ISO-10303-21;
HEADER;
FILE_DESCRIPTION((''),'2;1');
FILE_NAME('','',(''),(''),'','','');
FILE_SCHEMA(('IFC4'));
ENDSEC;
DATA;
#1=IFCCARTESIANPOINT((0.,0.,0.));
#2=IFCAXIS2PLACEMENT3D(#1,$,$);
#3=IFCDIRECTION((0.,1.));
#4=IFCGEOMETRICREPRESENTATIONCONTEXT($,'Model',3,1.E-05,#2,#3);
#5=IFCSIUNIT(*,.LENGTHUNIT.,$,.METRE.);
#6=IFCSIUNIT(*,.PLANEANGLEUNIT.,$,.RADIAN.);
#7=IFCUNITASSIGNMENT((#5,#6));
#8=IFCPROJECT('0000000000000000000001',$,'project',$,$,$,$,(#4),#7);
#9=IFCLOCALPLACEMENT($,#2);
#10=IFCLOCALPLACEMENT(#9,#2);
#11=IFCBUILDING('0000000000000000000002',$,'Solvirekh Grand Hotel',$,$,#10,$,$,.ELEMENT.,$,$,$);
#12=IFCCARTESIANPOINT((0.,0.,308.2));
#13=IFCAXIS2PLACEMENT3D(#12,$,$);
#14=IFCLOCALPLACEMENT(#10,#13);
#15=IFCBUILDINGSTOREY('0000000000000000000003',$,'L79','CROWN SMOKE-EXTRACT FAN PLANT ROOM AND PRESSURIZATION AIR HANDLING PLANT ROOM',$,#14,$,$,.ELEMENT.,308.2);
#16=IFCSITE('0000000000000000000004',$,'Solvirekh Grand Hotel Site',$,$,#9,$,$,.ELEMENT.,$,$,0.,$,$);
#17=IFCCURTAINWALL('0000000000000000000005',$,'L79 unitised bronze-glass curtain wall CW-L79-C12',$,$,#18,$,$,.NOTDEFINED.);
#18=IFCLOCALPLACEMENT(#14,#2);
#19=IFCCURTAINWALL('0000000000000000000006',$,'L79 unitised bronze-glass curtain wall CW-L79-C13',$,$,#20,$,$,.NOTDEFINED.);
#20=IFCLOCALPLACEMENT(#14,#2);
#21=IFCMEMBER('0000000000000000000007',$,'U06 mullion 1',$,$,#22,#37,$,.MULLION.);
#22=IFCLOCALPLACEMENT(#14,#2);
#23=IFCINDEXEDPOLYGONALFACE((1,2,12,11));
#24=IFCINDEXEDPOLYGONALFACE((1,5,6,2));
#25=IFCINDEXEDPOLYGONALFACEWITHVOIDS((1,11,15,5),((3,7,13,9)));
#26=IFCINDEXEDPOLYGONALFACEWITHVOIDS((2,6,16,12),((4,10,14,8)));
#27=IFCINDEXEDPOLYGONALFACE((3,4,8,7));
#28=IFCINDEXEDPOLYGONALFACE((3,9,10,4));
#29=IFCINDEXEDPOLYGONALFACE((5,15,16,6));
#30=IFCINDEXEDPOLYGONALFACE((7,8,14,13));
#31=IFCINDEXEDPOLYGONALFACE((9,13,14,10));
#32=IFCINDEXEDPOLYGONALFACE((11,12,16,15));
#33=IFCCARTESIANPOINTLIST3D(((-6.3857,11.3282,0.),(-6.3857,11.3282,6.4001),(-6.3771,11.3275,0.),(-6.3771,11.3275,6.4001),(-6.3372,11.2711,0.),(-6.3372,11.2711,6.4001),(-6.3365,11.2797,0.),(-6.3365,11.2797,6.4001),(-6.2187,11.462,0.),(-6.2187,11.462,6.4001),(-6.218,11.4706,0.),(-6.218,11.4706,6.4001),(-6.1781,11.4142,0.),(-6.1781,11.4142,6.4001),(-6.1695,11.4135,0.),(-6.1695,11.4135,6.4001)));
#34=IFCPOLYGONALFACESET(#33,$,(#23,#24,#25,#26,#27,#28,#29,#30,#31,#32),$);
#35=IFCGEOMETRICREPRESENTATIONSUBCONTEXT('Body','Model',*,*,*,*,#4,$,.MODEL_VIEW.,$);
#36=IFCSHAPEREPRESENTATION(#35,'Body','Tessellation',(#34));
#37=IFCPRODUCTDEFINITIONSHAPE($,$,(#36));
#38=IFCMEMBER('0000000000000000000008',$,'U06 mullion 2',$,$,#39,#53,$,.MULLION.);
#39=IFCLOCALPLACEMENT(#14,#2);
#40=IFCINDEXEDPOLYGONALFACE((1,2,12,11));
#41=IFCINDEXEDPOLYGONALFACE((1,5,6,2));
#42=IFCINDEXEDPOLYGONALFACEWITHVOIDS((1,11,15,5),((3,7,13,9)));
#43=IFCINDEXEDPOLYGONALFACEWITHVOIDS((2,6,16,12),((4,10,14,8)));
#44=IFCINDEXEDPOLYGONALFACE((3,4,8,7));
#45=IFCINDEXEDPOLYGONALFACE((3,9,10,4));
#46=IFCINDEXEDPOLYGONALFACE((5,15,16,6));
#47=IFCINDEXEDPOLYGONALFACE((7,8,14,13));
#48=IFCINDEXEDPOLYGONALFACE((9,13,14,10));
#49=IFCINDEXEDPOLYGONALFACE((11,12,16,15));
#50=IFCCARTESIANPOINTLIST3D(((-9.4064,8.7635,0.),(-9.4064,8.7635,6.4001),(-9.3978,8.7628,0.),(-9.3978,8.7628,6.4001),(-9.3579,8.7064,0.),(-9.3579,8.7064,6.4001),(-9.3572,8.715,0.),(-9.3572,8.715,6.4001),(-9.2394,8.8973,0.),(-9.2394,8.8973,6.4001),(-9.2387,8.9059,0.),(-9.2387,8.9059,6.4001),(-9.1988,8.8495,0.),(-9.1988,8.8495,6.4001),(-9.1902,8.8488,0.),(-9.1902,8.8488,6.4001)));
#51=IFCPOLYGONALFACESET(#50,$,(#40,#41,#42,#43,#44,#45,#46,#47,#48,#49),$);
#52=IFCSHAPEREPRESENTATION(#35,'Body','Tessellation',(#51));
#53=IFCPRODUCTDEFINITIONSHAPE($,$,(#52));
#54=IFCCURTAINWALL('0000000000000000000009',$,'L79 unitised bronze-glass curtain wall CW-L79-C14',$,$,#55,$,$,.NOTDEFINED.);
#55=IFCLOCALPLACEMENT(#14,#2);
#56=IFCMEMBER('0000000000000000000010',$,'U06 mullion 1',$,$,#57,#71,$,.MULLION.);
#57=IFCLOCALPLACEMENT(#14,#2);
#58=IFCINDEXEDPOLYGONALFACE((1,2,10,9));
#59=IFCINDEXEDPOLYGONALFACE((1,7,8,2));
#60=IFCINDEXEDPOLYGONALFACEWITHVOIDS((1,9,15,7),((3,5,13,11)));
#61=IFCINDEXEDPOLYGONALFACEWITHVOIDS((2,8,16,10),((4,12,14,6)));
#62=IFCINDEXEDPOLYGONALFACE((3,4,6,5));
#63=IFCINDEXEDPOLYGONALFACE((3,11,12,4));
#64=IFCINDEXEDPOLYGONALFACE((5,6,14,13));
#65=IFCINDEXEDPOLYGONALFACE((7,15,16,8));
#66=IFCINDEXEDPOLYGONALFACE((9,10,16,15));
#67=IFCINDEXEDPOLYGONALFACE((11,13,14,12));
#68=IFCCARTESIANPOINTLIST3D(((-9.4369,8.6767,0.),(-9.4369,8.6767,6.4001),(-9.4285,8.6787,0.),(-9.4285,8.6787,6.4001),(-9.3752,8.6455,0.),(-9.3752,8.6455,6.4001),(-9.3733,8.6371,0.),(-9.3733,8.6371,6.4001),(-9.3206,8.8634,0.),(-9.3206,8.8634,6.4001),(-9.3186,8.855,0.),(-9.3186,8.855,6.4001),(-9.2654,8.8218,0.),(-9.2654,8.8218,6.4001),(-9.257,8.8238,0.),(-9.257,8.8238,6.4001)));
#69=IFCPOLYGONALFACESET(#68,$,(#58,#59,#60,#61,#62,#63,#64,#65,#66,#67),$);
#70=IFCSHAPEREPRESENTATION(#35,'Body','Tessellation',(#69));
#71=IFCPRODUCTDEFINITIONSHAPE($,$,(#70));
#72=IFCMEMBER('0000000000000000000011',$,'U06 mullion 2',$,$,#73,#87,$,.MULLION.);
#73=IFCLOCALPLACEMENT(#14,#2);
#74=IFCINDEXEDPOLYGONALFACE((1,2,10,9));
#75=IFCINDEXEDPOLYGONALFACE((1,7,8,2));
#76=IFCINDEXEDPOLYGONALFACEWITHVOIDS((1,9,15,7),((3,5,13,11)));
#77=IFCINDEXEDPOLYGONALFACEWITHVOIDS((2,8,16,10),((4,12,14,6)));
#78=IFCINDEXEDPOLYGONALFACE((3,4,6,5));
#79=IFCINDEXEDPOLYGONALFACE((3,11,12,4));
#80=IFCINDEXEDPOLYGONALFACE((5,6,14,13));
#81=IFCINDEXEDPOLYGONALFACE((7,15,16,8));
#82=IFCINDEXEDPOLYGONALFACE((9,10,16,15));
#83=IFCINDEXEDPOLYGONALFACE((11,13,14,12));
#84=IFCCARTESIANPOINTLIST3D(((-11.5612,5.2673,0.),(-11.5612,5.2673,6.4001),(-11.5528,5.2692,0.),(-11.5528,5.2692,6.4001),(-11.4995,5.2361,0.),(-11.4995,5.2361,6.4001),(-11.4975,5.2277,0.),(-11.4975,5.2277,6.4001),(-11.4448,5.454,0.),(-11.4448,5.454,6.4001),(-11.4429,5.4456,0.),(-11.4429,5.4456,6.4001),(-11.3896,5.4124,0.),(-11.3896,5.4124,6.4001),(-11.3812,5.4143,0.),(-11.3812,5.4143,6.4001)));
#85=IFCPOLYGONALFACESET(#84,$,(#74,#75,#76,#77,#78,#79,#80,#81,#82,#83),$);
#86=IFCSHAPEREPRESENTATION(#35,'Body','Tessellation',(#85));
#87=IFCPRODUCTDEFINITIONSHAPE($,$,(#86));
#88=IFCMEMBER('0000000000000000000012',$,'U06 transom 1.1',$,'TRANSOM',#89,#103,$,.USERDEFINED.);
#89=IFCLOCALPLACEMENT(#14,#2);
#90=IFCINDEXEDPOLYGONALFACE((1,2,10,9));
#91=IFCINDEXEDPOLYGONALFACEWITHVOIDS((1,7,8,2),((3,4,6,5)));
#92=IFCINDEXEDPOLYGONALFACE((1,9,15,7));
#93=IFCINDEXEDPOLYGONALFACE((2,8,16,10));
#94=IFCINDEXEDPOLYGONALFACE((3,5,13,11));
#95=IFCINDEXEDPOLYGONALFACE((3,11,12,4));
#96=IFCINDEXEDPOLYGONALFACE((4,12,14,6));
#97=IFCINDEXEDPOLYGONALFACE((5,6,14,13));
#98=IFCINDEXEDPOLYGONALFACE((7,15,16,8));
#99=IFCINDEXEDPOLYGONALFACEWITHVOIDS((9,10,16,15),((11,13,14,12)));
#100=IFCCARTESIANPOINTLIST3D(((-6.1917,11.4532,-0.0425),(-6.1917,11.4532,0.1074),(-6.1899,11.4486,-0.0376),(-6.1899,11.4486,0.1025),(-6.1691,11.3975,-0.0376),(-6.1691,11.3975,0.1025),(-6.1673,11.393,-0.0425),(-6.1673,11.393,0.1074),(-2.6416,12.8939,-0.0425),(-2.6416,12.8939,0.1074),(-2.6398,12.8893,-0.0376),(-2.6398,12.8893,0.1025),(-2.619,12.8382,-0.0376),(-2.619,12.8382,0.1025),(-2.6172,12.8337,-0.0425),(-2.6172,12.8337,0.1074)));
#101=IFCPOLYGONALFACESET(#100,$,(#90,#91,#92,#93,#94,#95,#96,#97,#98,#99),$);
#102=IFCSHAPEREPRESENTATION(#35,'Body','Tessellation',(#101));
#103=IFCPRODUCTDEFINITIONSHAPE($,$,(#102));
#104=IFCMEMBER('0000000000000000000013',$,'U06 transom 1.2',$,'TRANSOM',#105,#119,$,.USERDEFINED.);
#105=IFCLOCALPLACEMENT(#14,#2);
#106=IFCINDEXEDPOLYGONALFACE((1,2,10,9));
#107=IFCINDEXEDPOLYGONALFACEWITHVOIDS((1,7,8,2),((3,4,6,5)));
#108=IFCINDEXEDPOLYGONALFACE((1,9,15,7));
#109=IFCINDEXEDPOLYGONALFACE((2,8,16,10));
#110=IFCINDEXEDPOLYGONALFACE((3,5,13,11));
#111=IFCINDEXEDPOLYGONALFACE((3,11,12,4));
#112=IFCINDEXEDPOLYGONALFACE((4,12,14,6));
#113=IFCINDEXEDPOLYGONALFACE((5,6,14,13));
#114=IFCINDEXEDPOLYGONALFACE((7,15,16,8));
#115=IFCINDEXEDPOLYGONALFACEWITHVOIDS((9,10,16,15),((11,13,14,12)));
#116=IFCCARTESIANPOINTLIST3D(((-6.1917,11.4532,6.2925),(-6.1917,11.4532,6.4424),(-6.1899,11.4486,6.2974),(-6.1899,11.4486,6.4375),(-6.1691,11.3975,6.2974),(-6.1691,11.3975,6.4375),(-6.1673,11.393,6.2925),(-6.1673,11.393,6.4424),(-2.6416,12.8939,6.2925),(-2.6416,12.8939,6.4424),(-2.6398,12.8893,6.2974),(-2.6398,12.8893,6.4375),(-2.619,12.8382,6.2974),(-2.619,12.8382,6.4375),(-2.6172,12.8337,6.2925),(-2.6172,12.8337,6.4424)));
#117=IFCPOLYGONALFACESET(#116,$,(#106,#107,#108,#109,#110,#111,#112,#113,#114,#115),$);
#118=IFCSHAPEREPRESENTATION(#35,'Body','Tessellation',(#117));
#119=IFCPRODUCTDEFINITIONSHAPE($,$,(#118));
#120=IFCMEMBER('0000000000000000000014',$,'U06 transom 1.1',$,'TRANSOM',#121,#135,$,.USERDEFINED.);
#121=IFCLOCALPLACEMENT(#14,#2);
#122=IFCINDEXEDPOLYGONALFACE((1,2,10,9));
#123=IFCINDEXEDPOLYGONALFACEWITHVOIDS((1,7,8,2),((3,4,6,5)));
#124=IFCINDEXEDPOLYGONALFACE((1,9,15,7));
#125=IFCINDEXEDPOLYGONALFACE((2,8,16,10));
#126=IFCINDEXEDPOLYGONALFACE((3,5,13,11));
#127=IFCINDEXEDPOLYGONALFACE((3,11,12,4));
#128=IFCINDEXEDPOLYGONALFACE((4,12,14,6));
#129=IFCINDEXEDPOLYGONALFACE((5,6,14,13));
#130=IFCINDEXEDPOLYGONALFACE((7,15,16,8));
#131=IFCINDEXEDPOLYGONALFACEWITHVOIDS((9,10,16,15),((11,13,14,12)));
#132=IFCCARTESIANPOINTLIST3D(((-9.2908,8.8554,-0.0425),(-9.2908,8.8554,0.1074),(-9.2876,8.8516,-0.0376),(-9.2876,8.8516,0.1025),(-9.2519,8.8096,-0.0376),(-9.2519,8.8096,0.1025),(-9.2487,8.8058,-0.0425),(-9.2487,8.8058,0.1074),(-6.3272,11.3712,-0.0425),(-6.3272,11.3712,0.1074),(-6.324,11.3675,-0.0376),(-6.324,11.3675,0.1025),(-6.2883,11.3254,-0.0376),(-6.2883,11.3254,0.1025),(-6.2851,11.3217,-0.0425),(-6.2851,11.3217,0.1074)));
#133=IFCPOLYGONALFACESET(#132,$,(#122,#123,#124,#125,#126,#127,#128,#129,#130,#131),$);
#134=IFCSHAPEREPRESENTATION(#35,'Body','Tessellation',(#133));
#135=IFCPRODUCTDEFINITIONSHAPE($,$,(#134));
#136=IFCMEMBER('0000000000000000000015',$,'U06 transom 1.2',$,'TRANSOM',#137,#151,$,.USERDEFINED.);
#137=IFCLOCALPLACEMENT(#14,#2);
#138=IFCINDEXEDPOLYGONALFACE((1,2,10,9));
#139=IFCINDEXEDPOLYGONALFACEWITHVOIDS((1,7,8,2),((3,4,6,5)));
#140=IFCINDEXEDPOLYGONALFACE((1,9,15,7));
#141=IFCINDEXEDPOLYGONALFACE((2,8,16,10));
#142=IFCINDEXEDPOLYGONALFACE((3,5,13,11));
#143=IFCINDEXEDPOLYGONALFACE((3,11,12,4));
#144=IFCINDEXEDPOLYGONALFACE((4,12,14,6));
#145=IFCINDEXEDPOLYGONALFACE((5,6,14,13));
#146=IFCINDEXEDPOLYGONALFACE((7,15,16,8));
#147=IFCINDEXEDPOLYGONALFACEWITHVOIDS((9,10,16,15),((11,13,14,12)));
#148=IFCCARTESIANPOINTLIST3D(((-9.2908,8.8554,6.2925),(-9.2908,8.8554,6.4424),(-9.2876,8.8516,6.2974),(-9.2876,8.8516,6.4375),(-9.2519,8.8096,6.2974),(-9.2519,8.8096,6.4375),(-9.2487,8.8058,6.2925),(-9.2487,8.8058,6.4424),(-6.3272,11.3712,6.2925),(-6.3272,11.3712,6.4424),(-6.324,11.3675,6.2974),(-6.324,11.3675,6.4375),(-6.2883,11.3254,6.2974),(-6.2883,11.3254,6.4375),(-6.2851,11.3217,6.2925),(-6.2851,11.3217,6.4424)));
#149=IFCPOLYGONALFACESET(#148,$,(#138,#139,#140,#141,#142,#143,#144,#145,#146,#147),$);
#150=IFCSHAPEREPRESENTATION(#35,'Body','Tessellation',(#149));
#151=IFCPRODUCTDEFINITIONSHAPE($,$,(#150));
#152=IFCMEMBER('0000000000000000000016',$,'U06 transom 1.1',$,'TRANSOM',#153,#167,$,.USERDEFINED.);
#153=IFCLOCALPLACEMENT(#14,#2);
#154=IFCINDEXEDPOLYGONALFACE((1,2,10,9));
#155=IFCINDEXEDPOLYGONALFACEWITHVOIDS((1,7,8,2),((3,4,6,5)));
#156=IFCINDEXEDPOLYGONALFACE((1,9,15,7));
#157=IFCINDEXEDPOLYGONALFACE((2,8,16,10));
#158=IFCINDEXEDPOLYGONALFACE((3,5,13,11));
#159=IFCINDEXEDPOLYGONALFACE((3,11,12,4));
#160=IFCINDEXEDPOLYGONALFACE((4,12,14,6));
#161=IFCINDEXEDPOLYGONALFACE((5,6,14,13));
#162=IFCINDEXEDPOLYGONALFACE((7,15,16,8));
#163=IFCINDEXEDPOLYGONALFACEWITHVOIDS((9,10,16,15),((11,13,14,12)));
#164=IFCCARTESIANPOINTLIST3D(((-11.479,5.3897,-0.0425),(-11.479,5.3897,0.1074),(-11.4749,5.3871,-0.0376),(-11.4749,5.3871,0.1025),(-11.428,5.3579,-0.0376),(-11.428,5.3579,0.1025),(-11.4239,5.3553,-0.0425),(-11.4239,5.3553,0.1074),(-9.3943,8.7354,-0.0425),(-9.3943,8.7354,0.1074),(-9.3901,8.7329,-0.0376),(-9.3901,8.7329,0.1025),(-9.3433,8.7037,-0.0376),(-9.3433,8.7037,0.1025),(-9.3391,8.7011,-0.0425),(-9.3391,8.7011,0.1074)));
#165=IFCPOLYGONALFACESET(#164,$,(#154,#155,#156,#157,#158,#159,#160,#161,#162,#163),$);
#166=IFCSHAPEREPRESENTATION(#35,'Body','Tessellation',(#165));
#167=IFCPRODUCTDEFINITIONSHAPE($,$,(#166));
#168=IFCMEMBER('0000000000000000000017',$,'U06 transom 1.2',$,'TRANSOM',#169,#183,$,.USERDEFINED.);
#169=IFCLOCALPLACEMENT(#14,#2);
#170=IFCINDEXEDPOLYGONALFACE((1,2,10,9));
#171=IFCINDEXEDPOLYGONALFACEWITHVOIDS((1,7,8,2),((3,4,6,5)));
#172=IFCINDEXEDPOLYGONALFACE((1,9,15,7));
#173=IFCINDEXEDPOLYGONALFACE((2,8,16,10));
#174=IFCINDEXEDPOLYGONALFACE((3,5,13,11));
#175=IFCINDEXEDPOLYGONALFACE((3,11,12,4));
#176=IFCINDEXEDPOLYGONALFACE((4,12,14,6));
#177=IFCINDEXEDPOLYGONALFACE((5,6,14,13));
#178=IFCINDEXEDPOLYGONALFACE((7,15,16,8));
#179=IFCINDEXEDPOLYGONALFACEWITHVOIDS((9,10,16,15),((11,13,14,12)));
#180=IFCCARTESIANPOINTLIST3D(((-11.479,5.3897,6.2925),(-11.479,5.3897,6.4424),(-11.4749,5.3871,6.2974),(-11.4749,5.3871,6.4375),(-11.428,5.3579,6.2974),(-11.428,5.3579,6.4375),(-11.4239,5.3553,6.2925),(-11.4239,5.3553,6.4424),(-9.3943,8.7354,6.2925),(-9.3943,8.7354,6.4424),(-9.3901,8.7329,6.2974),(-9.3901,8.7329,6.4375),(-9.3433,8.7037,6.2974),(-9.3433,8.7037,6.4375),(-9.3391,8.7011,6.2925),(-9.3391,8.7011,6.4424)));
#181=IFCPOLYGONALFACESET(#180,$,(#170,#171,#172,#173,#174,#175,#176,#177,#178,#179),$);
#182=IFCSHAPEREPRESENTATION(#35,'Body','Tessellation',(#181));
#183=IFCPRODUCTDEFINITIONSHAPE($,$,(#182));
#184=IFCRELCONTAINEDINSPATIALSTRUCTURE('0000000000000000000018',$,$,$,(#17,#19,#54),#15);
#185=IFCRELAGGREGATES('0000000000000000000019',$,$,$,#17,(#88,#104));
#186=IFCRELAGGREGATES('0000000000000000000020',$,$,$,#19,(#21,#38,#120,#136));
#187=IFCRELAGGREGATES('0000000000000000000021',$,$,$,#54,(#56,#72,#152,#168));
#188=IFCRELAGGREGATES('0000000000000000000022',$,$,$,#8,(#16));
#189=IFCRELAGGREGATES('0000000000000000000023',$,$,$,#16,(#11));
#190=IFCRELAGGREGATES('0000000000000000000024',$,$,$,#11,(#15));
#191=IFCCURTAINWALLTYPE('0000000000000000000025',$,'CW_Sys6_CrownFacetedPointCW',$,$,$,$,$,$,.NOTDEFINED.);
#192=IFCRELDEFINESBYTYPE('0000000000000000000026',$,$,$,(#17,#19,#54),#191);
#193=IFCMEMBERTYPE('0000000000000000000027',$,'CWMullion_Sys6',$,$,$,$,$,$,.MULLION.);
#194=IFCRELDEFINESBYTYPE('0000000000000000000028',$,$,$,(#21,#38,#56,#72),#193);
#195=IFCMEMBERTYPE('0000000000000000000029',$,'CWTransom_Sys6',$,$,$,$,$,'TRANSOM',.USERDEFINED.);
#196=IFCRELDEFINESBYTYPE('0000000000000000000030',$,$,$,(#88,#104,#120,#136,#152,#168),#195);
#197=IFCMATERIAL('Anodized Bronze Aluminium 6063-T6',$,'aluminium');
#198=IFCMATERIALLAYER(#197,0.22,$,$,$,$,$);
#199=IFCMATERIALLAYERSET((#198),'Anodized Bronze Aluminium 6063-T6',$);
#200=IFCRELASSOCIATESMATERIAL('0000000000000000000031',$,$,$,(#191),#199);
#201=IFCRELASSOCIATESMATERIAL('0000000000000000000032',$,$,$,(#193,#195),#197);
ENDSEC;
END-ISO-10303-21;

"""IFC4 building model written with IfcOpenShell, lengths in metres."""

from ifc_helpers import new_model, si_unit, direction, frame, origin, origin_2d, place, context, subcontext, project, spatial, hollow_rectangle, extrude, source, transform, mapped, material, layer, layer_set, material_profile, profile_set, type_object, element, aggregate, save


model = new_model("IFC4")

# Units and contexts
model_context = context("Model", 3, precision=1e-05, world=origin(), true_north=direction((0.0, 1.0)))
body_context = subcontext(model_context, "Body", "Model", "MODEL_VIEW")
ifc_project = project(units=[si_unit("LENGTHUNIT", "METRE"), si_unit("PLANEANGLEUNIT", "RADIAN")], contexts=[model_context])

# Site, building, storey
site_placement = place(None, origin())
site = spatial("IfcSite", under=ifc_project, at=site_placement, Name="Solvirekh Grand Hotel Site", CompositionType="ELEMENT", RefElevation=0.0)
building_placement = place(site_placement, origin())
building = spatial("IfcBuilding", under=site, at=building_placement, Name="Solvirekh Grand Hotel", CompositionType="ELEMENT")
storey_placement = place(building_placement, frame((0.0, 0.0, 308.2)))
storey = spatial("IfcBuildingStorey", under=building, at=storey_placement, Name="L79", Description="CROWN SMOKE-EXTRACT FAN PLANT ROOM AND PRESSURIZATION AIR HANDLING PLANT ROOM", CompositionType="ELEMENT", Elevation=308.2)

# Shared definitions
ifc_material_1 = material(Name="Anodized Bronze Aluminium 6063-T6", Category="aluminium")
ifc_layer_1 = layer(ifc_material_1, 0.22)
ifc_layer_set_1 = layer_set([ifc_layer_1], Name="Anodized Bronze Aluminium 6063-T6")
curtain_wall_type = type_object("IfcCurtainWallType", Name="CW_Sys6_CrownFacetedPointCW", PredefinedType="NOTDEFINED", material=ifc_layer_set_1)
ifc_material_profile_1 = material_profile(ifc_material_1, hollow_rectangle(XDim=0.075, YDim=0.22, WallThickness=0.0061, at=origin_2d()), Name="ALU RHS 220X75X6")
ifc_profile_set_1 = profile_set([ifc_material_profile_1], Name="Anodized Bronze Aluminium 6063-T6")
member_type_1 = type_object("IfcMemberType", Name="CWMullion_Sys6", PredefinedType="MULLION", material=ifc_profile_set_1)
shared_shape_1 = source(origin(), body_context, "Body", "SweptSolid", [
    extrude(hollow_rectangle(XDim=0.075, YDim=0.22, WallThickness=0.0061, at=origin_2d()), origin(), (0.0, 0.0, 1.0), 6.4001),
])

# Curtain walls, members
curtain_wall_1_placement = place(storey_placement, origin())
curtain_wall_1 = element("IfcCurtainWall", 1, at=curtain_wall_1_placement, inside=storey, type_object=curtain_wall_type, Name="L79 unitised bronze-glass curtain wall CW-L79-C12", PredefinedType="NOTDEFINED")
curtain_wall_2_placement = place(storey_placement, origin())
curtain_wall_2 = element("IfcCurtainWall", 2, at=curtain_wall_2_placement, inside=storey, type_object=curtain_wall_type, Name="L79 unitised bronze-glass curtain wall CW-L79-C13", PredefinedType="NOTDEFINED")
member_1_placement = place(storey_placement, frame((-6.2776, 11.3708, 0.0), z_axis=(0.0, 0.0, 1.0), x_axis=(0.647174, -0.762342, 0.0)))
member_1 = element("IfcMember", 3, at=member_1_placement, type_object=member_type_1, Name="U06 mullion 1", PredefinedType="MULLION", context=body_context, shape_type="MappedRepresentation", body=[
    mapped(shared_shape_1, transform((0.0, 0.0, 0.0), x_axis=(1.0, 0.0, 0.0), y_axis=(0.0, 1.0, 0.0), z_axis=(0.0, 0.0, 1.0), scale=1.0)),
])
member_2_placement = place(storey_placement, frame((-9.2983, 8.8062, 0.0), z_axis=(0.0, 0.0, 1.0), x_axis=(0.647174, -0.762342, 0.0)))
member_2 = element("IfcMember", 4, at=member_2_placement, type_object=member_type_1, Name="U06 mullion 2", PredefinedType="MULLION", context=body_context, shape_type="MappedRepresentation", body=[
    mapped(shared_shape_1, transform((0.0, 0.0, 0.0), x_axis=(1.0, 0.0, 0.0), y_axis=(0.0, 1.0, 0.0), z_axis=(0.0, 0.0, 1.0), scale=1.0)),
])
curtain_wall_3_placement = place(storey_placement, origin())
curtain_wall_3 = element("IfcCurtainWall", 5, at=curtain_wall_3_placement, inside=storey, type_object=curtain_wall_type, Name="L79 unitised bronze-glass curtain wall CW-L79-C14", PredefinedType="NOTDEFINED")
member_3_placement = place(storey_placement, frame((-9.3469, 8.7502, 0.0), z_axis=(0.0, 0.0, 1.0), x_axis=(0.848725, -0.528834, 0.0)))
member_3 = element("IfcMember", 6, at=member_3_placement, type_object=member_type_1, Name="U06 mullion 1", PredefinedType="MULLION", context=body_context, shape_type="MappedRepresentation", body=[
    mapped(shared_shape_1, transform((0.0, 0.0, 0.0), x_axis=(1.0, 0.0, 0.0), y_axis=(0.0, 1.0, 0.0), z_axis=(0.0, 0.0, 1.0), scale=1.0)),
])
member_4_placement = place(storey_placement, frame((-11.4712, 5.3408, 0.0), z_axis=(0.0, 0.0, 1.0), x_axis=(0.848725, -0.528834, 0.0)))
member_4 = element("IfcMember", 7, at=member_4_placement, type_object=member_type_1, Name="U06 mullion 2", PredefinedType="MULLION", context=body_context, shape_type="MappedRepresentation", body=[
    mapped(shared_shape_1, transform((0.0, 0.0, 0.0), x_axis=(1.0, 0.0, 0.0), y_axis=(0.0, 1.0, 0.0), z_axis=(0.0, 0.0, 1.0), scale=1.0)),
])

# Members
ifc_material_profile_2 = material_profile(ifc_material_1, hollow_rectangle(XDim=0.0649, YDim=0.1499, WallThickness=0.0049, at=origin_2d()), Name="ALU RHS 150X65X5")
ifc_profile_set_2 = profile_set([ifc_material_profile_2], Name="Anodized Bronze Aluminium 6063-T6")
member_type_2 = type_object("IfcMemberType", Name="CWTransom_Sys6", ElementType="TRANSOM", PredefinedType="USERDEFINED", material=ifc_profile_set_2)
shared_shape_2 = source(origin(), body_context, "Body", "SweptSolid", [
    extrude(hollow_rectangle(XDim=0.0649, YDim=0.1499, WallThickness=0.0049, at=origin_2d()), origin(), (0.0, 0.0, 1.0), 3.8313),
])
member_5_placement = place(storey_placement, frame((-2.6294, 12.8638, 0.0325), z_axis=(-0.926606, -0.376033, 0.0), x_axis=(0.376033, -0.926606, 0.0)))
member_5 = element("IfcMember", 8, at=member_5_placement, type_object=member_type_2, Name="U06 transom 1.1", ObjectType="TRANSOM", PredefinedType="USERDEFINED", context=body_context, shape_type="MappedRepresentation", body=[
    mapped(shared_shape_2, transform((0.0, 0.0, 0.0), x_axis=(1.0, 0.0, 0.0), y_axis=(0.0, 1.0, 0.0), z_axis=(0.0, 0.0, 1.0), scale=1.0)),
])
member_6_placement = place(storey_placement, frame((-2.6294, 12.8638, 6.3674), z_axis=(-0.926606, -0.376033, 0.0), x_axis=(0.376033, -0.926606, 0.0)))
member_6 = element("IfcMember", 9, at=member_6_placement, type_object=member_type_2, Name="U06 transom 1.2", ObjectType="TRANSOM", PredefinedType="USERDEFINED", context=body_context, shape_type="MappedRepresentation", body=[
    mapped(shared_shape_2, transform((0.0, 0.0, 0.0), x_axis=(1.0, 0.0, 0.0), y_axis=(0.0, 1.0, 0.0), z_axis=(0.0, 0.0, 1.0), scale=1.0)),
])
shared_shape_3 = source(origin(), body_context, "Body", "SweptSolid", [
    extrude(hollow_rectangle(XDim=0.0649, YDim=0.1499, WallThickness=0.0049, at=origin_2d()), origin(), (0.0, 0.0, 1.0), 3.8875),
])
member_7_placement = place(storey_placement, frame((-6.3062, 11.3464, 0.0325), z_axis=(-0.762347, -0.647169, 0.0), x_axis=(0.647169, -0.762347, 0.0)))
member_7 = element("IfcMember", 10, at=member_7_placement, type_object=member_type_2, Name="U06 transom 1.1", ObjectType="TRANSOM", PredefinedType="USERDEFINED", context=body_context, shape_type="MappedRepresentation", body=[
    mapped(shared_shape_3, transform((0.0, 0.0, 0.0), x_axis=(1.0, 0.0, 0.0), y_axis=(0.0, 1.0, 0.0), z_axis=(0.0, 0.0, 1.0), scale=1.0)),
])
member_8_placement = place(storey_placement, frame((-6.3062, 11.3464, 6.3674), z_axis=(-0.762347, -0.647169, 0.0), x_axis=(0.647169, -0.762347, 0.0)))
member_8 = element("IfcMember", 11, at=member_8_placement, type_object=member_type_2, Name="U06 transom 1.2", ObjectType="TRANSOM", PredefinedType="USERDEFINED", context=body_context, shape_type="MappedRepresentation", body=[
    mapped(shared_shape_3, transform((0.0, 0.0, 0.0), x_axis=(1.0, 0.0, 0.0), y_axis=(0.0, 1.0, 0.0), z_axis=(0.0, 0.0, 1.0), scale=1.0)),
])
shared_shape_4 = source(origin(), body_context, "Body", "SweptSolid", [
    extrude(hollow_rectangle(XDim=0.0649, YDim=0.1499, WallThickness=0.0049, at=origin_2d()), origin(), (0.0, 0.0, 1.0), 3.9421),
])
member_9_placement = place(storey_placement, frame((-9.3667, 8.7183, 0.0325), z_axis=(-0.528841, -0.848721, 0.0), x_axis=(0.848721, -0.528841, 0.0)))
member_9 = element("IfcMember", 12, at=member_9_placement, type_object=member_type_2, Name="U06 transom 1.1", ObjectType="TRANSOM", PredefinedType="USERDEFINED", context=body_context, shape_type="MappedRepresentation", body=[
    mapped(shared_shape_4, transform((0.0, 0.0, 0.0), x_axis=(1.0, 0.0, 0.0), y_axis=(0.0, 1.0, 0.0), z_axis=(0.0, 0.0, 1.0), scale=1.0)),
])
member_10_placement = place(storey_placement, frame((-9.3667, 8.7183, 6.3674), z_axis=(-0.528841, -0.848721, 0.0), x_axis=(0.848721, -0.528841, 0.0)))
member_10 = element("IfcMember", 13, at=member_10_placement, type_object=member_type_2, Name="U06 transom 1.2", ObjectType="TRANSOM", PredefinedType="USERDEFINED", context=body_context, shape_type="MappedRepresentation", body=[
    mapped(shared_shape_4, transform((0.0, 0.0, 0.0), x_axis=(1.0, 0.0, 0.0), y_axis=(0.0, 1.0, 0.0), z_axis=(0.0, 0.0, 1.0), scale=1.0)),
])

aggregate(curtain_wall_1, [member_5, member_6])
aggregate(curtain_wall_2, [member_1, member_2, member_7, member_8])
aggregate(curtain_wall_3, [member_3, member_4, member_9, member_10])

save(model, "model.ifc")
